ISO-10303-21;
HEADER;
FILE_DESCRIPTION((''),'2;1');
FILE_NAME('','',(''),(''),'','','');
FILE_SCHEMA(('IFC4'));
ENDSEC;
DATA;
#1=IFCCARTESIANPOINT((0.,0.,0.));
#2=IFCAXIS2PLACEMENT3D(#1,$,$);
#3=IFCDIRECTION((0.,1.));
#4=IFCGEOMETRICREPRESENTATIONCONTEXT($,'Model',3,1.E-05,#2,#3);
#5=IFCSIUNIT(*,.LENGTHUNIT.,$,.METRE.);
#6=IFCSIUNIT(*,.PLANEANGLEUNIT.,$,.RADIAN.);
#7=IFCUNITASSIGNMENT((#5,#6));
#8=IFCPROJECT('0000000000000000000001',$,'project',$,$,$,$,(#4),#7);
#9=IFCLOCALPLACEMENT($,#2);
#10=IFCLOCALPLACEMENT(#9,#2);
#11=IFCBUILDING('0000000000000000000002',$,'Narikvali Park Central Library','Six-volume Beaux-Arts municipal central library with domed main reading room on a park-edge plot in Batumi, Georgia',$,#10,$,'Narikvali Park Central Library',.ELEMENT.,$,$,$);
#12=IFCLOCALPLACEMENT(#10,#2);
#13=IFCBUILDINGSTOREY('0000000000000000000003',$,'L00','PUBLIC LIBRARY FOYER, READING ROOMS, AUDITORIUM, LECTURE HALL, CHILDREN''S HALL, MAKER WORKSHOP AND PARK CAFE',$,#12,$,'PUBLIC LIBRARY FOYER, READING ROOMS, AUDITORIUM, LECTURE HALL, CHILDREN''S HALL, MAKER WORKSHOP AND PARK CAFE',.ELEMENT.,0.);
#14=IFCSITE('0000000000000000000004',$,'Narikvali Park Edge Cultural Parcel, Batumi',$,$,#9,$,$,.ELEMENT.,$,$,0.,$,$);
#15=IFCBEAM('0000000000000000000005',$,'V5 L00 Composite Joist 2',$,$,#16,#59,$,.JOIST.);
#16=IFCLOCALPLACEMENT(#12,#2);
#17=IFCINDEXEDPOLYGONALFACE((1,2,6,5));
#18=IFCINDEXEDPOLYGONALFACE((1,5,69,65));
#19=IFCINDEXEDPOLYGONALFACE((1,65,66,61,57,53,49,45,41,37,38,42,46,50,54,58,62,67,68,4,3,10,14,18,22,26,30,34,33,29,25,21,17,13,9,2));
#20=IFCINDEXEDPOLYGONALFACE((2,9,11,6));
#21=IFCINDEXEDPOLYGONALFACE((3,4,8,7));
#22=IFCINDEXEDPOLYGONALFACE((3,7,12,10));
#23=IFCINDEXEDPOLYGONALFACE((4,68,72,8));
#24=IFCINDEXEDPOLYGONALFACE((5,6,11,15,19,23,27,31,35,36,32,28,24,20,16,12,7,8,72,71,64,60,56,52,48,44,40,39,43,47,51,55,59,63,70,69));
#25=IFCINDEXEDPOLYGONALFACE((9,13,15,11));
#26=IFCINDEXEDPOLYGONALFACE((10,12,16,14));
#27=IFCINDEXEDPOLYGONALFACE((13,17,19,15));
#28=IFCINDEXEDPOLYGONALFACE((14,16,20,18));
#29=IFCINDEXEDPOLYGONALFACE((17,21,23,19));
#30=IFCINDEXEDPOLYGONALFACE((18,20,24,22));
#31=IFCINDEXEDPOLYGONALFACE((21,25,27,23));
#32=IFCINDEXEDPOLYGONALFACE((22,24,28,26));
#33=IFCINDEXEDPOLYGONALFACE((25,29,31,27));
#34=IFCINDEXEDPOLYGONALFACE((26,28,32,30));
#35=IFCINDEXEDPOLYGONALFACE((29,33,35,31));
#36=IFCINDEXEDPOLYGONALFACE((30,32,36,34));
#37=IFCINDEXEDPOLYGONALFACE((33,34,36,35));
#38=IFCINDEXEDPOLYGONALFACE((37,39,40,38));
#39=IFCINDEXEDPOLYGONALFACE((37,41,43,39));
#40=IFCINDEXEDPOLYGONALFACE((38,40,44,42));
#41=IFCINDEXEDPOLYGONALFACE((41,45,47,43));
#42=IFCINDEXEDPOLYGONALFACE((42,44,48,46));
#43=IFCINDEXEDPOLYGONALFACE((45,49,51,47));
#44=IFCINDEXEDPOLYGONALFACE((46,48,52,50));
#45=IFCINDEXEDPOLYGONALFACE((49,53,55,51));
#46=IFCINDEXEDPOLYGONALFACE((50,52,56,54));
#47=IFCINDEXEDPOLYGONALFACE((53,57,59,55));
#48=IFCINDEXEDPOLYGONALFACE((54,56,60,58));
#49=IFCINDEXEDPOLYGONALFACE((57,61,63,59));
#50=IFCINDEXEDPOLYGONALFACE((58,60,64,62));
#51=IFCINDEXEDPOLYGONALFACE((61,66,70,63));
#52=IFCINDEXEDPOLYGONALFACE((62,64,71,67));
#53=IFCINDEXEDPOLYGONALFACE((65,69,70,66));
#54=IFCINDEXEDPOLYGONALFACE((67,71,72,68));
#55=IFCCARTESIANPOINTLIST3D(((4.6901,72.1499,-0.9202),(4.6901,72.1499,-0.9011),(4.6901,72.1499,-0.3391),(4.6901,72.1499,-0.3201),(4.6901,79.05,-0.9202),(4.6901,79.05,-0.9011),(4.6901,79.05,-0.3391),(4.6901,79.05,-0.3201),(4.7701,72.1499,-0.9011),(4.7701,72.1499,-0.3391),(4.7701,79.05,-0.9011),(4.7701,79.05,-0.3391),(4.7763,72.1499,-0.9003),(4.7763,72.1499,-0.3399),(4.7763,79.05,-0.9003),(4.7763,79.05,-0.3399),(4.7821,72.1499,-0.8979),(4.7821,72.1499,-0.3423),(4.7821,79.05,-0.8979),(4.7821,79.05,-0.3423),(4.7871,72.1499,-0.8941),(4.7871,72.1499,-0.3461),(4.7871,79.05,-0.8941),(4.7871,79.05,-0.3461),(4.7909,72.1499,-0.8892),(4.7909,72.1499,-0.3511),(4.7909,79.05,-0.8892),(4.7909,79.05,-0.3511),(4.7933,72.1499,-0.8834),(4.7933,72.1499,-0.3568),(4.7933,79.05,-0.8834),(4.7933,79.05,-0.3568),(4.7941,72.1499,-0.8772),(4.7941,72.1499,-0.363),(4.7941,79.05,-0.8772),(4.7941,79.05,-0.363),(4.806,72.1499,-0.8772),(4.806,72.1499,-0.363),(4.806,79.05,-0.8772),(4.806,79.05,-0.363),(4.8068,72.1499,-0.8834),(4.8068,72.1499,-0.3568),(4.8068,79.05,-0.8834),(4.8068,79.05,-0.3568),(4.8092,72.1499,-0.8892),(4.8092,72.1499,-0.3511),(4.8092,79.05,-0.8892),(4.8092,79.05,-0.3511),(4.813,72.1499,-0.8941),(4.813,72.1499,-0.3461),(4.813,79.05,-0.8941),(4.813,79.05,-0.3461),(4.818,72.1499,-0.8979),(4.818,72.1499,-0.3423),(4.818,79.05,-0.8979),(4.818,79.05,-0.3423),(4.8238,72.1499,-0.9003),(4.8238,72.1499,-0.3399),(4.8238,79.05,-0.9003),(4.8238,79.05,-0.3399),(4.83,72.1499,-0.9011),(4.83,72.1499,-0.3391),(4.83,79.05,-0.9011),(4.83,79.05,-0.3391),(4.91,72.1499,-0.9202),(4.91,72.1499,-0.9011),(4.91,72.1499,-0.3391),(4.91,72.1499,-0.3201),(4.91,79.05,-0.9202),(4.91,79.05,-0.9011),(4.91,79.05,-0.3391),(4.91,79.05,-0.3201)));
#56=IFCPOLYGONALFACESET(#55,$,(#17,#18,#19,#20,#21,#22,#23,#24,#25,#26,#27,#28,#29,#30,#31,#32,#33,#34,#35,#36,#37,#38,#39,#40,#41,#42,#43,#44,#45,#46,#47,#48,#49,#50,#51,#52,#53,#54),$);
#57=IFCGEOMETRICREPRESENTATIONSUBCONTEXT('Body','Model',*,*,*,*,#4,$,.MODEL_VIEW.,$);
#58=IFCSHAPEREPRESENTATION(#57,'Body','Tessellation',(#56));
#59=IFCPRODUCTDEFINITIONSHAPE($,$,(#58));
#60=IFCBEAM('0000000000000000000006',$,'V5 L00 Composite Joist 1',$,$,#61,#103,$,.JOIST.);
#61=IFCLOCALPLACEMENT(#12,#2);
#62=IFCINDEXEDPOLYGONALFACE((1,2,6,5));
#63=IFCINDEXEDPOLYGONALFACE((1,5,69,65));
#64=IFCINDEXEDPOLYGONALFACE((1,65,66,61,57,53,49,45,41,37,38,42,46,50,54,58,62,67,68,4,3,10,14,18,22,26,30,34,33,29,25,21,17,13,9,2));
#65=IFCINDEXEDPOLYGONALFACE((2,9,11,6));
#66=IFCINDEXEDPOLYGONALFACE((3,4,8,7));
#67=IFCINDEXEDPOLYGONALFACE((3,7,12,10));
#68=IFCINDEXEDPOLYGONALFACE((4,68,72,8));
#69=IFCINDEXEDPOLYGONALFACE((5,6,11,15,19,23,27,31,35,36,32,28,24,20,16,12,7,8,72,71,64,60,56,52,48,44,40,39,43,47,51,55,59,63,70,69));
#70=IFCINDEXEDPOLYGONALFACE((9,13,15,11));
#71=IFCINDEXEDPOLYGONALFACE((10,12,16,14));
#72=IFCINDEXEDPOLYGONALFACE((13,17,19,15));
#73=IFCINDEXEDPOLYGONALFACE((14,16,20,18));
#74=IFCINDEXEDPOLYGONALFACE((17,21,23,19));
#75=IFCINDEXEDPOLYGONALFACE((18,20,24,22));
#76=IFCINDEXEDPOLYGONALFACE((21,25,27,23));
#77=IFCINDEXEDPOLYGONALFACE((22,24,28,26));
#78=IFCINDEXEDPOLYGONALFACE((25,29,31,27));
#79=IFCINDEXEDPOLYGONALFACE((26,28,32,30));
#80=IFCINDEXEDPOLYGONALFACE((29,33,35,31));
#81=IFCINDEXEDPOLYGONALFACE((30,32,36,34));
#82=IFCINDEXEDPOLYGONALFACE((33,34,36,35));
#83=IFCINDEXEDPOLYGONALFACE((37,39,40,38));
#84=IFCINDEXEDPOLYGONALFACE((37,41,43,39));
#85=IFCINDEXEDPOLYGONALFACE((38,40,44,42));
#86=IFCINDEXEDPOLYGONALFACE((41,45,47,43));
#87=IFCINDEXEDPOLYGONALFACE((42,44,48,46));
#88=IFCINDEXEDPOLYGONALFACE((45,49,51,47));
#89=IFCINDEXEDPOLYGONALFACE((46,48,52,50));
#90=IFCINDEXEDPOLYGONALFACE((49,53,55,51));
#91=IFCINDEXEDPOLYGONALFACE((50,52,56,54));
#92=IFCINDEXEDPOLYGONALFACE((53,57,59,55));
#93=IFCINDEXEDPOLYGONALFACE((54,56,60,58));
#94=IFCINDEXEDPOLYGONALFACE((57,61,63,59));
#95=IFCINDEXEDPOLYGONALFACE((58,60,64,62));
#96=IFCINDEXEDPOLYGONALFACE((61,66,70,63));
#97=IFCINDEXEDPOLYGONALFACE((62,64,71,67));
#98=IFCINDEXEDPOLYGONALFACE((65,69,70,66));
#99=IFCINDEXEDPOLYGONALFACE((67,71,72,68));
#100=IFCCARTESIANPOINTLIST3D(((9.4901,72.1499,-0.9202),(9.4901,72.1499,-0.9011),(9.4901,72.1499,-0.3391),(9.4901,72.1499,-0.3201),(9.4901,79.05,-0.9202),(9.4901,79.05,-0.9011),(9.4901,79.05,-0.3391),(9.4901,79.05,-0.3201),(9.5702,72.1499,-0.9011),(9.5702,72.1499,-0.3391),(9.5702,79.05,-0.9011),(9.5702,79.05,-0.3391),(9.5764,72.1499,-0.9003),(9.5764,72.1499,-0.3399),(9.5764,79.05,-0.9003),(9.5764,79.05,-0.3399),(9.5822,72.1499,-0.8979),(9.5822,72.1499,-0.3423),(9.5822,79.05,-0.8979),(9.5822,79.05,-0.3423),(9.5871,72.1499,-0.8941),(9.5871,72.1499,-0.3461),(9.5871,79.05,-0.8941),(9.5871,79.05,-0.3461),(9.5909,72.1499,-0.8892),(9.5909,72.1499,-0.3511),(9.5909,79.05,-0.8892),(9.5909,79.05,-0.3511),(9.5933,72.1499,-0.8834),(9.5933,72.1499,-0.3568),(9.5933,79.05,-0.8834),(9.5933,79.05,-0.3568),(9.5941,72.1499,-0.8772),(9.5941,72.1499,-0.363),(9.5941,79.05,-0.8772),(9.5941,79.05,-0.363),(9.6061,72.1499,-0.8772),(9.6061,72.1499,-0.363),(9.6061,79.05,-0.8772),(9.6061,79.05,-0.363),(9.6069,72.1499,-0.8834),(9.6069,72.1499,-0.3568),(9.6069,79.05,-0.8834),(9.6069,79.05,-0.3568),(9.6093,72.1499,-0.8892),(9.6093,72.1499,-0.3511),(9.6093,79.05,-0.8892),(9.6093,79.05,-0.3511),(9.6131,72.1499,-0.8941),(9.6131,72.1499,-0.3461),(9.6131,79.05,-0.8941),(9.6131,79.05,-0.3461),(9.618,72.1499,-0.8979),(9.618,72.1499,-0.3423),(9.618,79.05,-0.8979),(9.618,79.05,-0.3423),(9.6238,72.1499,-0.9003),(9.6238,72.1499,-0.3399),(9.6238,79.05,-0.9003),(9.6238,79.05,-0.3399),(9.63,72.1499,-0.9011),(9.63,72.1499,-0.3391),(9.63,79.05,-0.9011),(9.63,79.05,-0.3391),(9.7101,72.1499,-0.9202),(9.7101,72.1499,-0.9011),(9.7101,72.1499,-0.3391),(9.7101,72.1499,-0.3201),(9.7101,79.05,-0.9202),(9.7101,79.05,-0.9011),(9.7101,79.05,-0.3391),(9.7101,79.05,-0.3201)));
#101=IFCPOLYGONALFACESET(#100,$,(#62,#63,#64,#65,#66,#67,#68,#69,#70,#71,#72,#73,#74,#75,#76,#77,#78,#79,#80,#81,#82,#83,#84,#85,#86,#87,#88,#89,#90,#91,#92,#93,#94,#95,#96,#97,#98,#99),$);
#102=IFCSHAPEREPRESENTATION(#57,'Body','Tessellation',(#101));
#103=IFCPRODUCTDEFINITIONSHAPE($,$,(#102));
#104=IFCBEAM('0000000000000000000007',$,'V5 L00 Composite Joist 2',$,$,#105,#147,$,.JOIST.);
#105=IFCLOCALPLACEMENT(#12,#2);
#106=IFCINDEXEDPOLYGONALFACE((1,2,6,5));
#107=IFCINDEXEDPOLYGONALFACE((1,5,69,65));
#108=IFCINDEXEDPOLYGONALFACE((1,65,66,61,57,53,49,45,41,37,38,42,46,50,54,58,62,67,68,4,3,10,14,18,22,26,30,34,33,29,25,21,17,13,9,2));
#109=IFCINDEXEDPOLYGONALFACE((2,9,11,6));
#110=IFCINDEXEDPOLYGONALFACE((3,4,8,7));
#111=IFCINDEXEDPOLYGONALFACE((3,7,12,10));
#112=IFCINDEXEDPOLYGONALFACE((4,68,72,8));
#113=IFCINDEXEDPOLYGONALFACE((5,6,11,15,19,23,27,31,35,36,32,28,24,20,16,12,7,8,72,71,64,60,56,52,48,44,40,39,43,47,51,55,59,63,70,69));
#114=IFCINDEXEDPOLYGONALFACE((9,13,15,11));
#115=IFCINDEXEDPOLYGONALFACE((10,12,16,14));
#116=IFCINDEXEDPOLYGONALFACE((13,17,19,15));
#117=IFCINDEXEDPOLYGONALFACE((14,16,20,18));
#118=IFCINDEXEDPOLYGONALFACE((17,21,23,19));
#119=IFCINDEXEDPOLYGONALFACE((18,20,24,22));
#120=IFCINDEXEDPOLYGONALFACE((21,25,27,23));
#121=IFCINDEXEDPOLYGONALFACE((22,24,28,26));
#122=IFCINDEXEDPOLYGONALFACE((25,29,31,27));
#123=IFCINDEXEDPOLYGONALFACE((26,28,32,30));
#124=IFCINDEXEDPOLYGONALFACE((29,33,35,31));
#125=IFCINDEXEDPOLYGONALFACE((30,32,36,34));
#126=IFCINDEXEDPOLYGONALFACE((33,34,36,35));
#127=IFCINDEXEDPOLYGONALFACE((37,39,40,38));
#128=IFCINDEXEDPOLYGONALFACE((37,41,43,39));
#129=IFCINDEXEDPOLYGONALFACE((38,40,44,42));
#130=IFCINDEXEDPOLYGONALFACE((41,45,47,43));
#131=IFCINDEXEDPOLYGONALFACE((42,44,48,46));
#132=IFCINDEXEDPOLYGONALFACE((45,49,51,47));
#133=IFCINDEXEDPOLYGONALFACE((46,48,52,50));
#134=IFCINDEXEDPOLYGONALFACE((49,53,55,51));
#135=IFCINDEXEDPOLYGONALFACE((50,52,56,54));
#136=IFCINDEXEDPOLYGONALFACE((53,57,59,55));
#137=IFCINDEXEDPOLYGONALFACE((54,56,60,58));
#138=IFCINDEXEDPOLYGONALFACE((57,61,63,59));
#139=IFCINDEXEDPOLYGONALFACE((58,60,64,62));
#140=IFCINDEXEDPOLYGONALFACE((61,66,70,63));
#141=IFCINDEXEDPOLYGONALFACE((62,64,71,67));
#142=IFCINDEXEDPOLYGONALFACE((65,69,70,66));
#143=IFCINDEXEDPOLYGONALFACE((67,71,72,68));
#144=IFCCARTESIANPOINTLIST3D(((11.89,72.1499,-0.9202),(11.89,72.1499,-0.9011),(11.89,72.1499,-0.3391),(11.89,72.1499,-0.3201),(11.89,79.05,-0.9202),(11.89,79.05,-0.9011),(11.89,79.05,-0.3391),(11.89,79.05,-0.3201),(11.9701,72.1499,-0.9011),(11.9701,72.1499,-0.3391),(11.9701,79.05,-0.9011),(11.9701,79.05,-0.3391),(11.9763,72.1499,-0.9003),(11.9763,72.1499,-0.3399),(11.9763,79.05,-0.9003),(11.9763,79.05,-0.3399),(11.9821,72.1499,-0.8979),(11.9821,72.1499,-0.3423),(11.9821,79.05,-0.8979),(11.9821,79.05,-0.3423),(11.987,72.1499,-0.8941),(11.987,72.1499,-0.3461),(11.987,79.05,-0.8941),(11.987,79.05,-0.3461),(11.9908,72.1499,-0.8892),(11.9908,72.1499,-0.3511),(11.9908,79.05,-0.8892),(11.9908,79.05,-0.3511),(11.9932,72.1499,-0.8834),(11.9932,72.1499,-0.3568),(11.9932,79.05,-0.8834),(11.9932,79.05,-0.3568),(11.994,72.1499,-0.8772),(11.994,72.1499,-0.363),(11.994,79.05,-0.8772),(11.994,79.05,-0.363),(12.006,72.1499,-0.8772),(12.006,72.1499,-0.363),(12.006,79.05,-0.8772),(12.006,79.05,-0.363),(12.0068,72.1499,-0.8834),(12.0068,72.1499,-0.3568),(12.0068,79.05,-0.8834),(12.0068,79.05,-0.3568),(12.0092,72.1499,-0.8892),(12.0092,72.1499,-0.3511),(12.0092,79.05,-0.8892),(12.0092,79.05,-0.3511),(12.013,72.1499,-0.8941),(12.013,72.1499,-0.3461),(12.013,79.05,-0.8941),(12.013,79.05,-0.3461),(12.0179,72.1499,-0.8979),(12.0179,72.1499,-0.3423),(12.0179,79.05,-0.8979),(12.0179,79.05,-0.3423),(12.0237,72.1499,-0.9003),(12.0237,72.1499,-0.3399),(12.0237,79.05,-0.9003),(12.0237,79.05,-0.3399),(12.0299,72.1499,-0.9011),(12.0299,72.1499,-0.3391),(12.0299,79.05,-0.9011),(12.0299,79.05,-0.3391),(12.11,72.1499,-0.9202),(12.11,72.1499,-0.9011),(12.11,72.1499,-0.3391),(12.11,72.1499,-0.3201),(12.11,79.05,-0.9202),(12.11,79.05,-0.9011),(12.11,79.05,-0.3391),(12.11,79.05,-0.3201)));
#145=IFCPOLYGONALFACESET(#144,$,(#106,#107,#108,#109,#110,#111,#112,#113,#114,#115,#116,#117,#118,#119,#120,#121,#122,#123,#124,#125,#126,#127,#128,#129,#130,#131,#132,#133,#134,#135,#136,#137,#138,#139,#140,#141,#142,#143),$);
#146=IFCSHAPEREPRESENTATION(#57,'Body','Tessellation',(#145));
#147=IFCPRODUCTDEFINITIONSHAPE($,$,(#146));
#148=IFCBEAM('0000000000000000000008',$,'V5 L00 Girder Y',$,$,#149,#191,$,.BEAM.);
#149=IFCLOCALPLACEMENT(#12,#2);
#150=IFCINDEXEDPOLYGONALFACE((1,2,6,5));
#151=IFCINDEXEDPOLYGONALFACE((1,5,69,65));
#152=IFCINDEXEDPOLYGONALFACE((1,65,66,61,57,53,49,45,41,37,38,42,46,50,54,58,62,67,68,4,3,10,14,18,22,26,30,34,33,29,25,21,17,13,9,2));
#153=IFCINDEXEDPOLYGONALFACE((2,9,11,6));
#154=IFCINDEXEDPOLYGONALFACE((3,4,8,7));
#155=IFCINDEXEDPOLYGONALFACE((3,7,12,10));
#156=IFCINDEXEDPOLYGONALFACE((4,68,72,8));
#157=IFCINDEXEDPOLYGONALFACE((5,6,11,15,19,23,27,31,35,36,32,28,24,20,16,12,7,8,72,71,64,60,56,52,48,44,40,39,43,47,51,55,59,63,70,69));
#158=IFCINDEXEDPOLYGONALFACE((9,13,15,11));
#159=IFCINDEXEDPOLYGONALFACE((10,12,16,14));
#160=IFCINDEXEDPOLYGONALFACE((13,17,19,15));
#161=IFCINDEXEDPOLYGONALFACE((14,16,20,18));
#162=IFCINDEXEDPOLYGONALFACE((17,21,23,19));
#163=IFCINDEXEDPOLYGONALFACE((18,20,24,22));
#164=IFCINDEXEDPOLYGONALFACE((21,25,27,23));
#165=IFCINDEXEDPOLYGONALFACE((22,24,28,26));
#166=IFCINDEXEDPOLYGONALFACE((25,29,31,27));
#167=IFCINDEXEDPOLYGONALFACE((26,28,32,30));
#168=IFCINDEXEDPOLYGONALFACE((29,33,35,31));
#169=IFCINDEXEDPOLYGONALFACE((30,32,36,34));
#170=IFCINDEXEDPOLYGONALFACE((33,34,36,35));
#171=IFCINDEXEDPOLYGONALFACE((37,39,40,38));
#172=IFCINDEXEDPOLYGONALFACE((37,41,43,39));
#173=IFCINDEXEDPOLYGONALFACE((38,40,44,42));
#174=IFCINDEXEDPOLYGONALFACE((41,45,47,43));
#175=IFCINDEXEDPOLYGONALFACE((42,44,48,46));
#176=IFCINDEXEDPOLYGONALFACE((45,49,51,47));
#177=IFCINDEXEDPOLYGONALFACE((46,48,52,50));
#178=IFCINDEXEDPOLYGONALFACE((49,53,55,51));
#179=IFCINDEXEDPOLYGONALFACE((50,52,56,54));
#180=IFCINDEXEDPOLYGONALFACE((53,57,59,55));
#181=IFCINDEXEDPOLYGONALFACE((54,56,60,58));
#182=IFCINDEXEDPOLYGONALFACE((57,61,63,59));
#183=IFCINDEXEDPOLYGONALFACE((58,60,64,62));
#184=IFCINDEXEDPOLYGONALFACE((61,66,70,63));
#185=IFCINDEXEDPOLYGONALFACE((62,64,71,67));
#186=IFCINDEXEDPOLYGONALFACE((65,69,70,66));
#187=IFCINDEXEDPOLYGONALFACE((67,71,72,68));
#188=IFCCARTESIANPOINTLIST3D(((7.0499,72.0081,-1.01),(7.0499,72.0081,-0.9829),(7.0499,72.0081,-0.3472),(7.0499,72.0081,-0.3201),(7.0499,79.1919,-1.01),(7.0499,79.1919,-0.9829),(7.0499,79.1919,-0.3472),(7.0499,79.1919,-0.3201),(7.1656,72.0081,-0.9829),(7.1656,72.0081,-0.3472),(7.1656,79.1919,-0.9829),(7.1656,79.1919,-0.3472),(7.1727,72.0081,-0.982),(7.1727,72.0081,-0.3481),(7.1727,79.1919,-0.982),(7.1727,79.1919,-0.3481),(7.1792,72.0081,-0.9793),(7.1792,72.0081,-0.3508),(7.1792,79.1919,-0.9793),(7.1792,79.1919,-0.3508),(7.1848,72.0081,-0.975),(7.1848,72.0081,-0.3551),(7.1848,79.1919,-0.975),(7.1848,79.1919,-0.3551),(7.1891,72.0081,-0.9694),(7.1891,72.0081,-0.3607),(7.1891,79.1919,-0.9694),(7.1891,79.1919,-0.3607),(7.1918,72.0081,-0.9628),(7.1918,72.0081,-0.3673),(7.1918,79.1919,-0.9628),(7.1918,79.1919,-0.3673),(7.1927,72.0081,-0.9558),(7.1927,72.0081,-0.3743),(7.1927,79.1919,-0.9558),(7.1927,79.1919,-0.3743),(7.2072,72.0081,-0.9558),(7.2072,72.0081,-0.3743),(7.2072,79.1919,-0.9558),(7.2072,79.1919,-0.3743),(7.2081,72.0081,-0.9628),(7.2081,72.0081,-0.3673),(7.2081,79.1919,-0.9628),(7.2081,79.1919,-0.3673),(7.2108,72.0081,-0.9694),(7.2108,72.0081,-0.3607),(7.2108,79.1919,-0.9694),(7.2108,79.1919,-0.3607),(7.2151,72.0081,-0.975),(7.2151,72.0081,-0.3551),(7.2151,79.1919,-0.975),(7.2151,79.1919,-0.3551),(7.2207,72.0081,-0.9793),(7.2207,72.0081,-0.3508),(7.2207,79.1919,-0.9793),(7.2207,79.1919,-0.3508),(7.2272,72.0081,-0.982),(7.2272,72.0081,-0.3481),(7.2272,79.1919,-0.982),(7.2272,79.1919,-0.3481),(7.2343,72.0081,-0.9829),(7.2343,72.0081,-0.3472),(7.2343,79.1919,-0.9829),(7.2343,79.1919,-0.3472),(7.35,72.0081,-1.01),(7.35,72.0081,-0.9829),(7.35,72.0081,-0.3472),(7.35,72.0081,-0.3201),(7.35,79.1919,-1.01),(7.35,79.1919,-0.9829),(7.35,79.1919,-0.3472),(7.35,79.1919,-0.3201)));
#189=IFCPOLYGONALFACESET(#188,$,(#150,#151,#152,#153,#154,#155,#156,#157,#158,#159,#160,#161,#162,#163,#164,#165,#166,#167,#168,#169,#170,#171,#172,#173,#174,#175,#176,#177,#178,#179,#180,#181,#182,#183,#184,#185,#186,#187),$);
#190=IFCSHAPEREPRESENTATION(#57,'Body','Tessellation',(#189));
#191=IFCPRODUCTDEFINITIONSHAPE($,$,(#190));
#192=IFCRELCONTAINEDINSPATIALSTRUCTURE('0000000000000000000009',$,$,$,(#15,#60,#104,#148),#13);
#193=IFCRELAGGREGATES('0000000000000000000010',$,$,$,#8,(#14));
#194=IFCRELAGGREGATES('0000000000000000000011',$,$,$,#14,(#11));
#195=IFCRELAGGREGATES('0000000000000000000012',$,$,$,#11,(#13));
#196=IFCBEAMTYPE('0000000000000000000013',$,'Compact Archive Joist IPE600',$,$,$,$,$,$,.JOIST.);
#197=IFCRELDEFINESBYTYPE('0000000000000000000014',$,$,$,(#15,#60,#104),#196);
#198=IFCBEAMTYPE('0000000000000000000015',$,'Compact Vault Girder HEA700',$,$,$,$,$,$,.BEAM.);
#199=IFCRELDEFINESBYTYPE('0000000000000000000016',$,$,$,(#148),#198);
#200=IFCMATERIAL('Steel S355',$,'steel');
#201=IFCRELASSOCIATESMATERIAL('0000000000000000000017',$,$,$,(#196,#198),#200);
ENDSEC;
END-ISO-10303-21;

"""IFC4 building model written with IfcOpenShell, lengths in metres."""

from ifc_helpers import new_model, si_unit, direction, frame, origin, origin_2d, place, context, subcontext, project, spatial, i_section, extrude, material, material_profile, profile_set, type_object, element, save


model = new_model("IFC4")

# Units and contexts
model_context = context("Model", 3, precision=1e-05, world=origin(), true_north=direction((0.0, 1.0)))
body_context = subcontext(model_context, "Body", "Model", "MODEL_VIEW")
ifc_project = project(units=[si_unit("LENGTHUNIT", "METRE"), si_unit("PLANEANGLEUNIT", "RADIAN")], contexts=[model_context])

# Site, building, storey
site_placement = place(None, origin())
site = spatial("IfcSite", under=ifc_project, at=site_placement, Name="Narikvali Park Edge Cultural Parcel, Batumi", CompositionType="ELEMENT", RefElevation=0.0)
building_placement = place(site_placement, origin())
building = spatial("IfcBuilding", under=site, at=building_placement, Name="Narikvali Park Central Library", Description="Six-volume Beaux-Arts municipal central library with domed main reading room on a park-edge plot in Batumi, Georgia", LongName="Narikvali Park Central Library", CompositionType="ELEMENT")
storey_placement = place(building_placement, origin())
storey = spatial("IfcBuildingStorey", under=building, at=storey_placement, Name="L00", Description="PUBLIC LIBRARY FOYER, READING ROOMS, AUDITORIUM, LECTURE HALL, CHILDREN'S HALL, MAKER WORKSHOP AND PARK CAFE", LongName="PUBLIC LIBRARY FOYER, READING ROOMS, AUDITORIUM, LECTURE HALL, CHILDREN'S HALL, MAKER WORKSHOP AND PARK CAFE", CompositionType="ELEMENT", Elevation=0.0)

# Shared definitions
ifc_material_1 = material(Name="Steel S355", Category="steel")

# Beams
ifc_material_profile_1 = material_profile(ifc_material_1, i_section(OverallWidth=0.22, OverallDepth=0.6001, WebThickness=0.012, FlangeThickness=0.019, FilletRadius=0.0239, at=origin_2d()), Name="IPE 600")
ifc_profile_set_1 = profile_set([ifc_material_profile_1], Name="Steel S355")
beam_type_1 = type_object("IfcBeamType", Name="Compact Archive Joist IPE600", PredefinedType="JOIST", material=ifc_profile_set_1)
for number, where, z_axis, x_axis, name in (
    (1, (4.8, 72.1499, -0.6201), (0.0, 1.0, 0.0), (-1.0, 0.0, 0.0), "V5 L00 Composite Joist 2"),
    (2, (9.6001, 72.1499, -0.6201), (0.0, 1.0, 0.0), (-1.0, 0.0, 0.0), "V5 L00 Composite Joist 1"),
    (3, (12.0, 72.1499, -0.6201), (0.0, 1.0, 0.0), (-1.0, 0.0, 0.0), "V5 L00 Composite Joist 2"),
):
    element("IfcBeam", number, at=place(storey_placement, frame(where, z_axis=z_axis, x_axis=x_axis)), inside=storey, type_object=beam_type_1, Name=name, PredefinedType="JOIST", context=body_context, shape_type="SweptSolid", body=[
        extrude(i_section(OverallWidth=0.22, OverallDepth=0.6001, WebThickness=0.012, FlangeThickness=0.019, FilletRadius=0.0239, at=origin_2d()), origin(), (0.0, 0.0, 1.0), 6.9001),
    ])
ifc_material_profile_2 = material_profile(ifc_material_1, i_section(OverallWidth=0.3, OverallDepth=0.6899, WebThickness=0.0144, FlangeThickness=0.0271, FilletRadius=0.0271, at=origin_2d()), Name="HEA 700")
ifc_profile_set_2 = profile_set([ifc_material_profile_2], Name="Steel S355")
beam_type_2 = type_object("IfcBeamType", Name="Compact Vault Girder HEA700", PredefinedType="BEAM", material=ifc_profile_set_2)
for number, where, z_axis, x_axis, name in (
    (4, (7.2, 72.0081, -0.665), (0.0, 1.0, 0.0), (-1.0, 0.0, 0.0), "V5 L00 Girder Y"),
):
    element("IfcBeam", number, at=place(storey_placement, frame(where, z_axis=z_axis, x_axis=x_axis)), inside=storey, type_object=beam_type_2, Name=name, PredefinedType="BEAM", context=body_context, shape_type="SweptSolid", body=[
        extrude(i_section(OverallWidth=0.3, OverallDepth=0.6899, WebThickness=0.0144, FlangeThickness=0.0271, FilletRadius=0.0271, at=origin_2d()), origin(), (0.0, 0.0, 1.0), 7.1838),
    ])

save(model, "model.ifc")
